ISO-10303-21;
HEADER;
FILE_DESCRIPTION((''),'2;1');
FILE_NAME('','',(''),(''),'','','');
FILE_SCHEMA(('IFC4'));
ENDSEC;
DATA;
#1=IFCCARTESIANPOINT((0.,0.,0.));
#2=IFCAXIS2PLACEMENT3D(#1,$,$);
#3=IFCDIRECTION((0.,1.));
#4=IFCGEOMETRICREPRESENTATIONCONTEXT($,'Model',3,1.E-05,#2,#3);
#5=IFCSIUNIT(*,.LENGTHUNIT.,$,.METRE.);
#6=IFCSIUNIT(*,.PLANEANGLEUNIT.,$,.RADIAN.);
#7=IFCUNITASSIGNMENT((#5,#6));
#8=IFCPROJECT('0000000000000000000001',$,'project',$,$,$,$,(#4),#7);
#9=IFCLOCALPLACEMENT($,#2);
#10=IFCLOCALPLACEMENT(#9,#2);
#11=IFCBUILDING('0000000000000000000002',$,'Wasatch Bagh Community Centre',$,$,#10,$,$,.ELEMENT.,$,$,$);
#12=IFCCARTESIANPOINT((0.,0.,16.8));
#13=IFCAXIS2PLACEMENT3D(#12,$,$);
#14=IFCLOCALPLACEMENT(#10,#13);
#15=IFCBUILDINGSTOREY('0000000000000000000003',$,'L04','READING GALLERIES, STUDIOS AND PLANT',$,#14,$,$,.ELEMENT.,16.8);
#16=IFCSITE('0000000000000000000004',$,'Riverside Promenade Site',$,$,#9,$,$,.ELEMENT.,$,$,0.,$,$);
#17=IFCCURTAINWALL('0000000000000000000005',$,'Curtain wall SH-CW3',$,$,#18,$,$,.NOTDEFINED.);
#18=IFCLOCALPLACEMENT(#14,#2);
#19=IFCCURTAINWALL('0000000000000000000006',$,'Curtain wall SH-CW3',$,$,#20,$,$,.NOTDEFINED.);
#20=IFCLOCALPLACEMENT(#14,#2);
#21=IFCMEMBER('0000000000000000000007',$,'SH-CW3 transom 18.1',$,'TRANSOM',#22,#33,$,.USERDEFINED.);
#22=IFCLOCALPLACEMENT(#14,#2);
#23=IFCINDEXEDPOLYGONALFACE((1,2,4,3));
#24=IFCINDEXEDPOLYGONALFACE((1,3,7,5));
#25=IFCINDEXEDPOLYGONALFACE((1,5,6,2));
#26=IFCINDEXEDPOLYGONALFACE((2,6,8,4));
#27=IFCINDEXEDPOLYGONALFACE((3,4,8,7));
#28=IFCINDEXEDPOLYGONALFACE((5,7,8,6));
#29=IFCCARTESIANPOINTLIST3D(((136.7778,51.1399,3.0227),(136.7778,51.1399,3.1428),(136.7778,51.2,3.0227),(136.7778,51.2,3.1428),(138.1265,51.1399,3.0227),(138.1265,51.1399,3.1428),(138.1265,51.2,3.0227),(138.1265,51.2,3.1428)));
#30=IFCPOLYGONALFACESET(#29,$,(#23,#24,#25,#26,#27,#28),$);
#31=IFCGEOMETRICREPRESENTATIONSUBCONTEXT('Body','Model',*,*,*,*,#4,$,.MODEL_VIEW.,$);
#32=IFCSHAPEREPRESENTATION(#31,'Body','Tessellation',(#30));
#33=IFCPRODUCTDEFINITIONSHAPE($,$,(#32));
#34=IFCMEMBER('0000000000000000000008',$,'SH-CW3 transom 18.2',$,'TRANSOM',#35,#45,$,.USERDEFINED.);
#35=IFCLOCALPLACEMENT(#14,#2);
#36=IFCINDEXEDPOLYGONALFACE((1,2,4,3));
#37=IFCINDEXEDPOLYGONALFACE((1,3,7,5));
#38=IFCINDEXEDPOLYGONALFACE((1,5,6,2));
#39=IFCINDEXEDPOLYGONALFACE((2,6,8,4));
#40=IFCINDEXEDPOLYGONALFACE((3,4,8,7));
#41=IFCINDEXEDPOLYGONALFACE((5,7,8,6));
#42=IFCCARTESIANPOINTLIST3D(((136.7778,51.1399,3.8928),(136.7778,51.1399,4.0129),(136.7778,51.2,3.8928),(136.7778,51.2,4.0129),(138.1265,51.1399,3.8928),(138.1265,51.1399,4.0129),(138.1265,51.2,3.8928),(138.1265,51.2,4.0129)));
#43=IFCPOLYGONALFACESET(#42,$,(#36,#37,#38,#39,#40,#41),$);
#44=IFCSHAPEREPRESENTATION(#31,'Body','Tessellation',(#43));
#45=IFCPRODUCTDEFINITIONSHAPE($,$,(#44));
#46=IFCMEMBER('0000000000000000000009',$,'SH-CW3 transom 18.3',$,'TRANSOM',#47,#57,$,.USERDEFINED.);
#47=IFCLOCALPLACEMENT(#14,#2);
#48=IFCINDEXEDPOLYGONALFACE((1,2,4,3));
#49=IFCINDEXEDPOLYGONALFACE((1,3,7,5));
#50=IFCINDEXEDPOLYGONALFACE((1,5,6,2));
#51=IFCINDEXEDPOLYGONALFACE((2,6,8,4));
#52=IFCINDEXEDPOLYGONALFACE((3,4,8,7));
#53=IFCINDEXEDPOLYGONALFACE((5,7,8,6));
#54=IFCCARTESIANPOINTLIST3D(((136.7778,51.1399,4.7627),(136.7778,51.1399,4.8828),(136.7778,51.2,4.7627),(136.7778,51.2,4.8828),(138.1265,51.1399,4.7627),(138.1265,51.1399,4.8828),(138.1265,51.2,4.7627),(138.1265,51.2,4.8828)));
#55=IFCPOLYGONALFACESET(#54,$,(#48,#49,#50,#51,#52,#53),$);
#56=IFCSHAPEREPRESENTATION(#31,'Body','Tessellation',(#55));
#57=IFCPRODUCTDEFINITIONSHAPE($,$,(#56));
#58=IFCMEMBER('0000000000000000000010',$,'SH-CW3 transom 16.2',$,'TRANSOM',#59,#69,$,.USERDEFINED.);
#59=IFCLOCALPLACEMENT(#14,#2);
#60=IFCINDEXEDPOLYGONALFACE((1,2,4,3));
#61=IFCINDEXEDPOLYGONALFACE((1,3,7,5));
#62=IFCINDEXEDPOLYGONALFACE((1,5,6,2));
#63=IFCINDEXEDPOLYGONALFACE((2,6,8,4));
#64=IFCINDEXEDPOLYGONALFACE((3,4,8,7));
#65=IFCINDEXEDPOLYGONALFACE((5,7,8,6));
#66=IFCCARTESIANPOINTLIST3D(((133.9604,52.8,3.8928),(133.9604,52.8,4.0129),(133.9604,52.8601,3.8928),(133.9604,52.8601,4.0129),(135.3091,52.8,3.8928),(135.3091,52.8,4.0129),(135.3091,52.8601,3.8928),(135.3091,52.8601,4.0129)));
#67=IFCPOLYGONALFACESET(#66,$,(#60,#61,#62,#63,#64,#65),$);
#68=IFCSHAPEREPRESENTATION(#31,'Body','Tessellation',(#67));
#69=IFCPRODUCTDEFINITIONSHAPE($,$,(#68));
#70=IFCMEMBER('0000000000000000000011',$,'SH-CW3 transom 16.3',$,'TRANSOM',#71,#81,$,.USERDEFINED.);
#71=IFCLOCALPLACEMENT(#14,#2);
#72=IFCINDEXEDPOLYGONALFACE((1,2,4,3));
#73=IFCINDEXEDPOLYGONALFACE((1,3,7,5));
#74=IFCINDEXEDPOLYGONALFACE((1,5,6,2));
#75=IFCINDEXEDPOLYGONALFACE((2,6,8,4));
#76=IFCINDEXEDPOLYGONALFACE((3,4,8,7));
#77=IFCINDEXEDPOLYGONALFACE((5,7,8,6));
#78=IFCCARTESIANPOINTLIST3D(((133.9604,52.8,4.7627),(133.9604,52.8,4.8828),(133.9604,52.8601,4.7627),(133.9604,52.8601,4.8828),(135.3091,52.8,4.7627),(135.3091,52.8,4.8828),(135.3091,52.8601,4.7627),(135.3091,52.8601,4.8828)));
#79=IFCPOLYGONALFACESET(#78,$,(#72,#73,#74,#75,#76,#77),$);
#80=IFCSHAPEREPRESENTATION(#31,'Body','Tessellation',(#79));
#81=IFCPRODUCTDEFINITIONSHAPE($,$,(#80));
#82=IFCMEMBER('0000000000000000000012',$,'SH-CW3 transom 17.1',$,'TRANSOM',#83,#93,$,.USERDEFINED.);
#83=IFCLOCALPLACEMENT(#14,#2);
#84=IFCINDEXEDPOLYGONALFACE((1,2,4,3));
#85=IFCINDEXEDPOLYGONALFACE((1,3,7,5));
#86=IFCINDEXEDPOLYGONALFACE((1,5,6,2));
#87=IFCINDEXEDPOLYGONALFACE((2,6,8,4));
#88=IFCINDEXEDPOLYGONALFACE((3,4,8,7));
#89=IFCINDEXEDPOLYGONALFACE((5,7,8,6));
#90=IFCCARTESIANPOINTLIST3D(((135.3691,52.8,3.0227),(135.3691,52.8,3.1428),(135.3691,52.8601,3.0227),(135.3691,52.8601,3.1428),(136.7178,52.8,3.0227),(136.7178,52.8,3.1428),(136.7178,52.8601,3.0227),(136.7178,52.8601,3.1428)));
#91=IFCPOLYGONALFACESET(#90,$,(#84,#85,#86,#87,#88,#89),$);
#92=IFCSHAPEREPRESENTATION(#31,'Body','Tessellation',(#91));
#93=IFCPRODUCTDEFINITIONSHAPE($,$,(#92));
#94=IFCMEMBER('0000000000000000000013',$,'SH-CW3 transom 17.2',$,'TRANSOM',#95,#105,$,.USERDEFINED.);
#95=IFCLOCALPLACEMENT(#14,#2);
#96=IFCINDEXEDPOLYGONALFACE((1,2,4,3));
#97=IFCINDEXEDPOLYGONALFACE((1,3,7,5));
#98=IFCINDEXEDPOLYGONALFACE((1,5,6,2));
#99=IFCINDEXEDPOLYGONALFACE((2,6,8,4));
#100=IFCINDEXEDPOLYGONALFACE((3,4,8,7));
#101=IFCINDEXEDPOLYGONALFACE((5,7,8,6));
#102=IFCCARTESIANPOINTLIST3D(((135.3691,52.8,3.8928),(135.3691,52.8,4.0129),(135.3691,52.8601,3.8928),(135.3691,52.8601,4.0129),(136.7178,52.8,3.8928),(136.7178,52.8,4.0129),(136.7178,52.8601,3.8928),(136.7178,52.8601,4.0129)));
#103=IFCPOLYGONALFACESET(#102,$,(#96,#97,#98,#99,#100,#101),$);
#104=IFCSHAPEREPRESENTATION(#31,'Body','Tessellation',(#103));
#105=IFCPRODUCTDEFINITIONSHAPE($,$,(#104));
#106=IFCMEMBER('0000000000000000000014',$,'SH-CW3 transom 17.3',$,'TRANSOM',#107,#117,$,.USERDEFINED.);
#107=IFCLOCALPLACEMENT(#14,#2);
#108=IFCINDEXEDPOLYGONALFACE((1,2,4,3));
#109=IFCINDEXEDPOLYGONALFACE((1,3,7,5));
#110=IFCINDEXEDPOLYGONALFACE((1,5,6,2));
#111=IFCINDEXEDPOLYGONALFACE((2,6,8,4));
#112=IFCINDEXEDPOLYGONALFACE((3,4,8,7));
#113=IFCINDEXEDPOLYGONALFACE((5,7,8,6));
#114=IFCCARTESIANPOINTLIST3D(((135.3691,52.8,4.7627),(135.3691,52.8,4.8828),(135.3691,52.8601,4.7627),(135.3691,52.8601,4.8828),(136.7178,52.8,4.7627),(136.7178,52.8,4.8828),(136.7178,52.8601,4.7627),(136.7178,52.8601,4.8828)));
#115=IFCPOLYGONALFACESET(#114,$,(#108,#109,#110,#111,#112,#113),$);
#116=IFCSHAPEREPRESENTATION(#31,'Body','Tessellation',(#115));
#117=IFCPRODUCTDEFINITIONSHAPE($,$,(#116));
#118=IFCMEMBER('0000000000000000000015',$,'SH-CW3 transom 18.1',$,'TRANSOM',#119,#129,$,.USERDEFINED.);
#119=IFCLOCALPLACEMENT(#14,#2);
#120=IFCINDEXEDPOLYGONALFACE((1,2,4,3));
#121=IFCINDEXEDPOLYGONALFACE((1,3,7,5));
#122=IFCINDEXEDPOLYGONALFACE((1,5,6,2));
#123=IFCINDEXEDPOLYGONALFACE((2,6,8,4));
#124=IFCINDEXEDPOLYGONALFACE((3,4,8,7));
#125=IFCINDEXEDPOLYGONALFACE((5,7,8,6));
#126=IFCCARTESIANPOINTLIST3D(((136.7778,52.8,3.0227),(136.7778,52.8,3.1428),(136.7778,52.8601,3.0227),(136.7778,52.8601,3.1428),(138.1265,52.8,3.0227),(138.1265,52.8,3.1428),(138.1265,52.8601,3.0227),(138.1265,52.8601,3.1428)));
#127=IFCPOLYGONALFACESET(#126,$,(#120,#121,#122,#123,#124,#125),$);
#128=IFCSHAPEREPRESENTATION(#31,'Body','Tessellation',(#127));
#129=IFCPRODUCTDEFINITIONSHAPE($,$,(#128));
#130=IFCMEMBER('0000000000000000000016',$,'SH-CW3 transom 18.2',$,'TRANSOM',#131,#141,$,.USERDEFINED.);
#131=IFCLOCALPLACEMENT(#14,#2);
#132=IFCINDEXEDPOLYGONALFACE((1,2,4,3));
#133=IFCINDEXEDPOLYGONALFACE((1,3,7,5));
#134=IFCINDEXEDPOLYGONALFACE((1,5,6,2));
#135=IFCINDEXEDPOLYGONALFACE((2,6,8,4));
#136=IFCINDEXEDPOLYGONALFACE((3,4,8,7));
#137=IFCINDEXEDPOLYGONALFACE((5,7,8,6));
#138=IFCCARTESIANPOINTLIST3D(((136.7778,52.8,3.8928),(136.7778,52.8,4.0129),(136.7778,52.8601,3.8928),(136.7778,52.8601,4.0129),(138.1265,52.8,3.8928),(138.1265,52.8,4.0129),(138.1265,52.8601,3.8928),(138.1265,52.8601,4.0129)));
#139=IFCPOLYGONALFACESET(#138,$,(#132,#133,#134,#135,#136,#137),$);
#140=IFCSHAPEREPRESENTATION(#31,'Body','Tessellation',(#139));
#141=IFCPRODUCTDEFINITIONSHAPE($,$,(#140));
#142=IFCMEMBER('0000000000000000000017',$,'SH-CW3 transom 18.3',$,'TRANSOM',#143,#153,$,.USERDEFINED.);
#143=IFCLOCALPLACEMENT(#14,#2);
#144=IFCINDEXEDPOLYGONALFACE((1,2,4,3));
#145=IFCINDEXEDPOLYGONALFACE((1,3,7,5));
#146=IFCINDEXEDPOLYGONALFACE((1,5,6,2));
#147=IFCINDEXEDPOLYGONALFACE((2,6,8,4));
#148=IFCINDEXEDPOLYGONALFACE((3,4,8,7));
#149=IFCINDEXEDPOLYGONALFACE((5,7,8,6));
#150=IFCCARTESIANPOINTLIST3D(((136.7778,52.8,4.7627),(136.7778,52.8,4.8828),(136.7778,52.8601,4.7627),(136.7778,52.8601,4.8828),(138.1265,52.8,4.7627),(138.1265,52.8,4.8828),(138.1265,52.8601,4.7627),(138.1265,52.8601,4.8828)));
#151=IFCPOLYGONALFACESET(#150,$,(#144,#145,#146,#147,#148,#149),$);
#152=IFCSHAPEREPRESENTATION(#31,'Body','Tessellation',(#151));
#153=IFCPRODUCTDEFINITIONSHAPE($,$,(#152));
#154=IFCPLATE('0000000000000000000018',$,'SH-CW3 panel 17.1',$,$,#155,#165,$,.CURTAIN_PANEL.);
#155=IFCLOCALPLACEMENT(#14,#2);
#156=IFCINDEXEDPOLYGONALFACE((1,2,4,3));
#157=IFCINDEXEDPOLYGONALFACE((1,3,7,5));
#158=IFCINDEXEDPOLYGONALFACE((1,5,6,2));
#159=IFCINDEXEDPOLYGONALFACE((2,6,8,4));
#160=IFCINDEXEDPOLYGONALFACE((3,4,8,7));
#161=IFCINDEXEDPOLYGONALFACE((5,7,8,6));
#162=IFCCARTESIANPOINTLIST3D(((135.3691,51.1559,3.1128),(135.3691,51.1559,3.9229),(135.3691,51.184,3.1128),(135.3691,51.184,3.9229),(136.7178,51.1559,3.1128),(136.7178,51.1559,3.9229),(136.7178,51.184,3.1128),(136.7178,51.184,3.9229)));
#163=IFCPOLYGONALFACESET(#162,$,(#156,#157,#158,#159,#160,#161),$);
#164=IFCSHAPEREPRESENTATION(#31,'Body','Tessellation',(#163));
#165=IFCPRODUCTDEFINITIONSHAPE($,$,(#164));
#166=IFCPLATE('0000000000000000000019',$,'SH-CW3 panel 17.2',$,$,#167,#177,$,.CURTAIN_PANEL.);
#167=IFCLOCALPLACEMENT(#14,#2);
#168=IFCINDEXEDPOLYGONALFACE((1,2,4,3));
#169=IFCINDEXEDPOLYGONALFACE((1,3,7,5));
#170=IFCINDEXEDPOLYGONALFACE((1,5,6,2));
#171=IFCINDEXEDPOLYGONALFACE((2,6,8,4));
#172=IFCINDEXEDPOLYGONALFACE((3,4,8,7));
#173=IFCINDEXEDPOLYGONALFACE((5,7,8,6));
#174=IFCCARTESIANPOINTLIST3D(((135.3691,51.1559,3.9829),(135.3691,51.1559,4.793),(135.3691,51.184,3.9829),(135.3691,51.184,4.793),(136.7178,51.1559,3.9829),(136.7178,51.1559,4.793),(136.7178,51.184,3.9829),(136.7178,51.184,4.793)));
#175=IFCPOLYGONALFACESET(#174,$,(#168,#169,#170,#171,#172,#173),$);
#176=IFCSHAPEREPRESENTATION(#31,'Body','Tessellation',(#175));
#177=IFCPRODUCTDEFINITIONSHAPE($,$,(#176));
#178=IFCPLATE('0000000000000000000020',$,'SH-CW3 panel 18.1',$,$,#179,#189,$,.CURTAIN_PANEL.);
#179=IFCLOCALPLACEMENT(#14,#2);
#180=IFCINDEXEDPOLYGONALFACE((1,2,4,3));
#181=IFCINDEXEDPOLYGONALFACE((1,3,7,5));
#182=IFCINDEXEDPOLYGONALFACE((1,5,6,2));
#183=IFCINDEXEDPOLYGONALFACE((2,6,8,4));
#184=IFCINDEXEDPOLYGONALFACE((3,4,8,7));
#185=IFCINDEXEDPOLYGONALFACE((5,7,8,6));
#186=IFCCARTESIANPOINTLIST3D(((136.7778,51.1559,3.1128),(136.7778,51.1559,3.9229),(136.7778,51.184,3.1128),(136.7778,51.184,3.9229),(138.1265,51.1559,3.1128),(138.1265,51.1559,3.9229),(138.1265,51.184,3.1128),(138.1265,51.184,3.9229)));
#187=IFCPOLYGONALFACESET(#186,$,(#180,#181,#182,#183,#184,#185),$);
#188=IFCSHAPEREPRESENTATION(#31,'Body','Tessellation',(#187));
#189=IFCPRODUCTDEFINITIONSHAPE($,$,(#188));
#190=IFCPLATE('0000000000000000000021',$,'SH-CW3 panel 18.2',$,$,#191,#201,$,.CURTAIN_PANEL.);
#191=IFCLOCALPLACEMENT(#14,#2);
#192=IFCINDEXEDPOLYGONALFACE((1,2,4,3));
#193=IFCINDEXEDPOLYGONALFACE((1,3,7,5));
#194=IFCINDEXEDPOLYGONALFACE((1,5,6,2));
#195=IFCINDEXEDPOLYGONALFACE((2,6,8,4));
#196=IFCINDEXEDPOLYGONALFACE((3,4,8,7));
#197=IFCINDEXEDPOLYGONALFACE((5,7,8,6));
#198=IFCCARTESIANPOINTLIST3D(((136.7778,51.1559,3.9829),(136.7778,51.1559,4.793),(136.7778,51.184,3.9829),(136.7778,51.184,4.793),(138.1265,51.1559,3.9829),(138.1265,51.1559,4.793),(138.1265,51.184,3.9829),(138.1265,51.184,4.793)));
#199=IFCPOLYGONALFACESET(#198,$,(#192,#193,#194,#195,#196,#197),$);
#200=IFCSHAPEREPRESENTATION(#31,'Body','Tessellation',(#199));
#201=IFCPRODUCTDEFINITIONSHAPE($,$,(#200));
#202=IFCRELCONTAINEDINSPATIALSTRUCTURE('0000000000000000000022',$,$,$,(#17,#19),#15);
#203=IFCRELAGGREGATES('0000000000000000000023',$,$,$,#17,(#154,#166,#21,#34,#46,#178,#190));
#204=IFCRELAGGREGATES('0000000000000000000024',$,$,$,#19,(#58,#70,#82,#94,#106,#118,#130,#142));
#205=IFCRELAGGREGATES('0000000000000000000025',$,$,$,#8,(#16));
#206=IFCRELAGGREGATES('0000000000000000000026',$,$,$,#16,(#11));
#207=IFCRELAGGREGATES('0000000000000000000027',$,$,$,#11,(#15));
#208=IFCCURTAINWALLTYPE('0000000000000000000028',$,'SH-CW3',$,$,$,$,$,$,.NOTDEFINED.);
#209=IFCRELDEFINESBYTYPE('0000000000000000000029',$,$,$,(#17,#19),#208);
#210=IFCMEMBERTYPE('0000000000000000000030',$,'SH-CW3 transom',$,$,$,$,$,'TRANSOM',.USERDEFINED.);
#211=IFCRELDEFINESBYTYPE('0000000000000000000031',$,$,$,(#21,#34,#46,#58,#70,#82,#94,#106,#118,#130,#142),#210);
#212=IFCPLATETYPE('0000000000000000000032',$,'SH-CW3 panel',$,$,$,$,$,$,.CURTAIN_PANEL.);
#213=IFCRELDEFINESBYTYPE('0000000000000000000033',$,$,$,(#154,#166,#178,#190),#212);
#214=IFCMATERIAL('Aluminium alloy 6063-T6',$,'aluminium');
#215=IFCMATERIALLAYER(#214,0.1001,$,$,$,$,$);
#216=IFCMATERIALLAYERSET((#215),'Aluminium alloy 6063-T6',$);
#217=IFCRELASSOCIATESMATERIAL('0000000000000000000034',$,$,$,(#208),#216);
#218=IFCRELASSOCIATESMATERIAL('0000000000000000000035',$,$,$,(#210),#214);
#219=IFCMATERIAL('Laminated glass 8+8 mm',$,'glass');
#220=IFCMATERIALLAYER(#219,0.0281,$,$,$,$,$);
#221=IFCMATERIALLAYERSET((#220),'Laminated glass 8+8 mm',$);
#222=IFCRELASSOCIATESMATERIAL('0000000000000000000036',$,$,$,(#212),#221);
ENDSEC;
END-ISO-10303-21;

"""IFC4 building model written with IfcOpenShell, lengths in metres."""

from ifc_helpers import new_model, si_unit, direction, frame, origin, origin_2d, place, context, subcontext, project, spatial, rectangle, extrude, material, layer, layer_set, material_profile, profile_set, type_object, element, aggregate, save


model = new_model("IFC4")

# Units and contexts
model_context = context("Model", 3, precision=1e-05, world=origin(), true_north=direction((0.0, 1.0)))
body_context = subcontext(model_context, "Body", "Model", "MODEL_VIEW")
ifc_project = project(units=[si_unit("LENGTHUNIT", "METRE"), si_unit("PLANEANGLEUNIT", "RADIAN")], contexts=[model_context])

# Site, building, storey
site_placement = place(None, origin())
site = spatial("IfcSite", under=ifc_project, at=site_placement, Name="Riverside Promenade Site", CompositionType="ELEMENT", RefElevation=0.0)
building_placement = place(site_placement, origin())
building = spatial("IfcBuilding", under=site, at=building_placement, Name="Wasatch Bagh Community Centre", CompositionType="ELEMENT")
storey_placement = place(building_placement, frame((0.0, 0.0, 16.8)))
storey = spatial("IfcBuildingStorey", under=building, at=storey_placement, Name="L04", Description="READING GALLERIES, STUDIOS AND PLANT", CompositionType="ELEMENT", Elevation=16.8)

# Curtain wall
ifc_material_1 = material(Name="Aluminium alloy 6063-T6", Category="aluminium")
ifc_layer_1 = layer(ifc_material_1, 0.1001)
ifc_layer_set_1 = layer_set([ifc_layer_1], Name="Aluminium alloy 6063-T6")
curtain_wall_type = type_object("IfcCurtainWallType", Name="SH-CW3", PredefinedType="NOTDEFINED", material=ifc_layer_set_1)
curtain_wall_1_placement = place(storey_placement, origin())
curtain_wall_1 = element("IfcCurtainWall", 1, at=curtain_wall_1_placement, inside=storey, type_object=curtain_wall_type, Name="Curtain wall SH-CW3", PredefinedType="NOTDEFINED")

# Curtain wall
curtain_wall_2_placement = place(storey_placement, origin())
curtain_wall_2 = element("IfcCurtainWall", 2, at=curtain_wall_2_placement, inside=storey, type_object=curtain_wall_type, Name="Curtain wall SH-CW3", PredefinedType="NOTDEFINED")

# Members
ifc_material_profile_1 = material_profile(ifc_material_1, rectangle(XDim=0.0601, YDim=0.1201, at=origin_2d()), Name="AL 60x120")
ifc_profile_set_1 = profile_set([ifc_material_profile_1], Name="Aluminium alloy 6063-T6")
member_type_1 = type_object("IfcMemberType", Name="SH-CW3 transom", ElementType="TRANSOM", PredefinedType="USERDEFINED", material=ifc_profile_set_1)
member_1_placement = place(storey_placement, frame((136.7778, 51.1699, 3.0828), z_axis=(1.0, 0.0, 0.0), x_axis=(0.0, 1.0, 0.0)))
member_1 = element("IfcMember", 3, at=member_1_placement, type_object=member_type_1, Name="SH-CW3 transom 18.1", ObjectType="TRANSOM", PredefinedType="USERDEFINED", context=body_context, shape_type="SweptSolid", body=[
    extrude(rectangle(XDim=0.0601, YDim=0.1201, at=origin_2d()), origin(), (0.0, 0.0, 1.0), 1.3486),
])
member_2_placement = place(storey_placement, frame((136.7778, 51.1699, 3.9529), z_axis=(1.0, 0.0, 0.0), x_axis=(0.0, 1.0, 0.0)))
member_2 = element("IfcMember", 4, at=member_2_placement, type_object=member_type_1, Name="SH-CW3 transom 18.2", ObjectType="TRANSOM", PredefinedType="USERDEFINED", context=body_context, shape_type="SweptSolid", body=[
    extrude(rectangle(XDim=0.0601, YDim=0.1201, at=origin_2d()), origin(), (0.0, 0.0, 1.0), 1.3486),
])
member_3_placement = place(storey_placement, frame((136.7778, 51.1699, 4.8228), z_axis=(1.0, 0.0, 0.0), x_axis=(0.0, 1.0, 0.0)))
member_3 = element("IfcMember", 5, at=member_3_placement, type_object=member_type_1, Name="SH-CW3 transom 18.3", ObjectType="TRANSOM", PredefinedType="USERDEFINED", context=body_context, shape_type="SweptSolid", body=[
    extrude(rectangle(XDim=0.0601, YDim=0.1201, at=origin_2d()), origin(), (0.0, 0.0, 1.0), 1.3486),
])
member_4_placement = place(storey_placement, frame((133.9604, 52.8301, 3.9529), z_axis=(1.0, 0.0, 0.0), x_axis=(0.0, 1.0, 0.0)))
member_4 = element("IfcMember", 6, at=member_4_placement, type_object=member_type_1, Name="SH-CW3 transom 16.2", ObjectType="TRANSOM", PredefinedType="USERDEFINED", context=body_context, shape_type="SweptSolid", body=[
    extrude(rectangle(XDim=0.0601, YDim=0.1201, at=origin_2d()), origin(), (0.0, 0.0, 1.0), 1.3486),
])
member_5_placement = place(storey_placement, frame((133.9604, 52.8301, 4.8228), z_axis=(1.0, 0.0, 0.0), x_axis=(0.0, 1.0, 0.0)))
member_5 = element("IfcMember", 7, at=member_5_placement, type_object=member_type_1, Name="SH-CW3 transom 16.3", ObjectType="TRANSOM", PredefinedType="USERDEFINED", context=body_context, shape_type="SweptSolid", body=[
    extrude(rectangle(XDim=0.0601, YDim=0.1201, at=origin_2d()), origin(), (0.0, 0.0, 1.0), 1.3486),
])
member_6_placement = place(storey_placement, frame((135.3691, 52.8301, 3.0828), z_axis=(1.0, 0.0, 0.0), x_axis=(0.0, 1.0, 0.0)))
member_6 = element("IfcMember", 8, at=member_6_placement, type_object=member_type_1, Name="SH-CW3 transom 17.1", ObjectType="TRANSOM", PredefinedType="USERDEFINED", context=body_context, shape_type="SweptSolid", body=[
    extrude(rectangle(XDim=0.0601, YDim=0.1201, at=origin_2d()), origin(), (0.0, 0.0, 1.0), 1.3486),
])
member_7_placement = place(storey_placement, frame((135.3691, 52.8301, 3.9529), z_axis=(1.0, 0.0, 0.0), x_axis=(0.0, 1.0, 0.0)))
member_7 = element("IfcMember", 9, at=member_7_placement, type_object=member_type_1, Name="SH-CW3 transom 17.2", ObjectType="TRANSOM", PredefinedType="USERDEFINED", context=body_context, shape_type="SweptSolid", body=[
    extrude(rectangle(XDim=0.0601, YDim=0.1201, at=origin_2d()), origin(), (0.0, 0.0, 1.0), 1.3486),
])
member_8_placement = place(storey_placement, frame((135.3691, 52.8301, 4.8228), z_axis=(1.0, 0.0, 0.0), x_axis=(0.0, 1.0, 0.0)))
member_8 = element("IfcMember", 10, at=member_8_placement, type_object=member_type_1, Name="SH-CW3 transom 17.3", ObjectType="TRANSOM", PredefinedType="USERDEFINED", context=body_context, shape_type="SweptSolid", body=[
    extrude(rectangle(XDim=0.0601, YDim=0.1201, at=origin_2d()), origin(), (0.0, 0.0, 1.0), 1.3486),
])
member_9_placement = place(storey_placement, frame((136.7778, 52.8301, 3.0828), z_axis=(1.0, 0.0, 0.0), x_axis=(0.0, 1.0, 0.0)))
member_9 = element("IfcMember", 11, at=member_9_placement, type_object=member_type_1, Name="SH-CW3 transom 18.1", ObjectType="TRANSOM", PredefinedType="USERDEFINED", context=body_context, shape_type="SweptSolid", body=[
    extrude(rectangle(XDim=0.0601, YDim=0.1201, at=origin_2d()), origin(), (0.0, 0.0, 1.0), 1.3486),
])
member_10_placement = place(storey_placement, frame((136.7778, 52.8301, 3.9529), z_axis=(1.0, 0.0, 0.0), x_axis=(0.0, 1.0, 0.0)))
member_10 = element("IfcMember", 12, at=member_10_placement, type_object=member_type_1, Name="SH-CW3 transom 18.2", ObjectType="TRANSOM", PredefinedType="USERDEFINED", context=body_context, shape_type="SweptSolid", body=[
    extrude(rectangle(XDim=0.0601, YDim=0.1201, at=origin_2d()), origin(), (0.0, 0.0, 1.0), 1.3486),
])
member_11_placement = place(storey_placement, frame((136.7778, 52.8301, 4.8228), z_axis=(1.0, 0.0, 0.0), x_axis=(0.0, 1.0, 0.0)))
member_11 = element("IfcMember", 13, at=member_11_placement, type_object=member_type_1, Name="SH-CW3 transom 18.3", ObjectType="TRANSOM", PredefinedType="USERDEFINED", context=body_context, shape_type="SweptSolid", body=[
    extrude(rectangle(XDim=0.0601, YDim=0.1201, at=origin_2d()), origin(), (0.0, 0.0, 1.0), 1.3486),
])

# Plates
ifc_material_2 = material(Name="Laminated glass 8+8 mm", Category="glass")
ifc_layer_2 = layer(ifc_material_2, 0.0281)
ifc_layer_set_2 = layer_set([ifc_layer_2], Name="Laminated glass 8+8 mm")
plate_type = type_object("IfcPlateType", Name="SH-CW3 panel", PredefinedType="CURTAIN_PANEL", material=ifc_layer_set_2)
plate_1_placement = place(storey_placement, frame((136.0435, 51.1699, 3.1128), z_axis=(0.0, 0.0, 1.0), x_axis=(1.0, 0.0, 0.0)))
plate_1 = element("IfcPlate", 14, at=plate_1_placement, type_object=plate_type, Name="SH-CW3 panel 17.1", PredefinedType="CURTAIN_PANEL", context=body_context, shape_type="SweptSolid", body=[
    extrude(rectangle(XDim=1.3486, YDim=0.0281, at=origin_2d()), origin(), (0.0, 0.0, 1.0), 0.8101),
])
plate_2_placement = place(storey_placement, frame((136.0435, 51.1699, 3.9829), z_axis=(0.0, 0.0, 1.0), x_axis=(1.0, 0.0, 0.0)))
plate_2 = element("IfcPlate", 15, at=plate_2_placement, type_object=plate_type, Name="SH-CW3 panel 17.2", PredefinedType="CURTAIN_PANEL", context=body_context, shape_type="SweptSolid", body=[
    extrude(rectangle(XDim=1.3486, YDim=0.0281, at=origin_2d()), origin(), (0.0, 0.0, 1.0), 0.8101),
])
plate_3_placement = place(storey_placement, frame((137.4521, 51.1699, 3.1128), z_axis=(0.0, 0.0, 1.0), x_axis=(1.0, 0.0, 0.0)))
plate_3 = element("IfcPlate", 16, at=plate_3_placement, type_object=plate_type, Name="SH-CW3 panel 18.1", PredefinedType="CURTAIN_PANEL", context=body_context, shape_type="SweptSolid", body=[
    extrude(rectangle(XDim=1.3486, YDim=0.0281, at=origin_2d()), origin(), (0.0, 0.0, 1.0), 0.8101),
])
plate_4_placement = place(storey_placement, frame((137.4521, 51.1699, 3.9829), z_axis=(0.0, 0.0, 1.0), x_axis=(1.0, 0.0, 0.0)))
plate_4 = element("IfcPlate", 17, at=plate_4_placement, type_object=plate_type, Name="SH-CW3 panel 18.2", PredefinedType="CURTAIN_PANEL", context=body_context, shape_type="SweptSolid", body=[
    extrude(rectangle(XDim=1.3486, YDim=0.0281, at=origin_2d()), origin(), (0.0, 0.0, 1.0), 0.8101),
])
aggregate(curtain_wall_1, [plate_1, plate_2, member_1, member_2, member_3, plate_3, plate_4])
aggregate(curtain_wall_2, [member_4, member_5, member_6, member_7, member_8, member_9, member_10, member_11])

save(model, "model.ifc")
